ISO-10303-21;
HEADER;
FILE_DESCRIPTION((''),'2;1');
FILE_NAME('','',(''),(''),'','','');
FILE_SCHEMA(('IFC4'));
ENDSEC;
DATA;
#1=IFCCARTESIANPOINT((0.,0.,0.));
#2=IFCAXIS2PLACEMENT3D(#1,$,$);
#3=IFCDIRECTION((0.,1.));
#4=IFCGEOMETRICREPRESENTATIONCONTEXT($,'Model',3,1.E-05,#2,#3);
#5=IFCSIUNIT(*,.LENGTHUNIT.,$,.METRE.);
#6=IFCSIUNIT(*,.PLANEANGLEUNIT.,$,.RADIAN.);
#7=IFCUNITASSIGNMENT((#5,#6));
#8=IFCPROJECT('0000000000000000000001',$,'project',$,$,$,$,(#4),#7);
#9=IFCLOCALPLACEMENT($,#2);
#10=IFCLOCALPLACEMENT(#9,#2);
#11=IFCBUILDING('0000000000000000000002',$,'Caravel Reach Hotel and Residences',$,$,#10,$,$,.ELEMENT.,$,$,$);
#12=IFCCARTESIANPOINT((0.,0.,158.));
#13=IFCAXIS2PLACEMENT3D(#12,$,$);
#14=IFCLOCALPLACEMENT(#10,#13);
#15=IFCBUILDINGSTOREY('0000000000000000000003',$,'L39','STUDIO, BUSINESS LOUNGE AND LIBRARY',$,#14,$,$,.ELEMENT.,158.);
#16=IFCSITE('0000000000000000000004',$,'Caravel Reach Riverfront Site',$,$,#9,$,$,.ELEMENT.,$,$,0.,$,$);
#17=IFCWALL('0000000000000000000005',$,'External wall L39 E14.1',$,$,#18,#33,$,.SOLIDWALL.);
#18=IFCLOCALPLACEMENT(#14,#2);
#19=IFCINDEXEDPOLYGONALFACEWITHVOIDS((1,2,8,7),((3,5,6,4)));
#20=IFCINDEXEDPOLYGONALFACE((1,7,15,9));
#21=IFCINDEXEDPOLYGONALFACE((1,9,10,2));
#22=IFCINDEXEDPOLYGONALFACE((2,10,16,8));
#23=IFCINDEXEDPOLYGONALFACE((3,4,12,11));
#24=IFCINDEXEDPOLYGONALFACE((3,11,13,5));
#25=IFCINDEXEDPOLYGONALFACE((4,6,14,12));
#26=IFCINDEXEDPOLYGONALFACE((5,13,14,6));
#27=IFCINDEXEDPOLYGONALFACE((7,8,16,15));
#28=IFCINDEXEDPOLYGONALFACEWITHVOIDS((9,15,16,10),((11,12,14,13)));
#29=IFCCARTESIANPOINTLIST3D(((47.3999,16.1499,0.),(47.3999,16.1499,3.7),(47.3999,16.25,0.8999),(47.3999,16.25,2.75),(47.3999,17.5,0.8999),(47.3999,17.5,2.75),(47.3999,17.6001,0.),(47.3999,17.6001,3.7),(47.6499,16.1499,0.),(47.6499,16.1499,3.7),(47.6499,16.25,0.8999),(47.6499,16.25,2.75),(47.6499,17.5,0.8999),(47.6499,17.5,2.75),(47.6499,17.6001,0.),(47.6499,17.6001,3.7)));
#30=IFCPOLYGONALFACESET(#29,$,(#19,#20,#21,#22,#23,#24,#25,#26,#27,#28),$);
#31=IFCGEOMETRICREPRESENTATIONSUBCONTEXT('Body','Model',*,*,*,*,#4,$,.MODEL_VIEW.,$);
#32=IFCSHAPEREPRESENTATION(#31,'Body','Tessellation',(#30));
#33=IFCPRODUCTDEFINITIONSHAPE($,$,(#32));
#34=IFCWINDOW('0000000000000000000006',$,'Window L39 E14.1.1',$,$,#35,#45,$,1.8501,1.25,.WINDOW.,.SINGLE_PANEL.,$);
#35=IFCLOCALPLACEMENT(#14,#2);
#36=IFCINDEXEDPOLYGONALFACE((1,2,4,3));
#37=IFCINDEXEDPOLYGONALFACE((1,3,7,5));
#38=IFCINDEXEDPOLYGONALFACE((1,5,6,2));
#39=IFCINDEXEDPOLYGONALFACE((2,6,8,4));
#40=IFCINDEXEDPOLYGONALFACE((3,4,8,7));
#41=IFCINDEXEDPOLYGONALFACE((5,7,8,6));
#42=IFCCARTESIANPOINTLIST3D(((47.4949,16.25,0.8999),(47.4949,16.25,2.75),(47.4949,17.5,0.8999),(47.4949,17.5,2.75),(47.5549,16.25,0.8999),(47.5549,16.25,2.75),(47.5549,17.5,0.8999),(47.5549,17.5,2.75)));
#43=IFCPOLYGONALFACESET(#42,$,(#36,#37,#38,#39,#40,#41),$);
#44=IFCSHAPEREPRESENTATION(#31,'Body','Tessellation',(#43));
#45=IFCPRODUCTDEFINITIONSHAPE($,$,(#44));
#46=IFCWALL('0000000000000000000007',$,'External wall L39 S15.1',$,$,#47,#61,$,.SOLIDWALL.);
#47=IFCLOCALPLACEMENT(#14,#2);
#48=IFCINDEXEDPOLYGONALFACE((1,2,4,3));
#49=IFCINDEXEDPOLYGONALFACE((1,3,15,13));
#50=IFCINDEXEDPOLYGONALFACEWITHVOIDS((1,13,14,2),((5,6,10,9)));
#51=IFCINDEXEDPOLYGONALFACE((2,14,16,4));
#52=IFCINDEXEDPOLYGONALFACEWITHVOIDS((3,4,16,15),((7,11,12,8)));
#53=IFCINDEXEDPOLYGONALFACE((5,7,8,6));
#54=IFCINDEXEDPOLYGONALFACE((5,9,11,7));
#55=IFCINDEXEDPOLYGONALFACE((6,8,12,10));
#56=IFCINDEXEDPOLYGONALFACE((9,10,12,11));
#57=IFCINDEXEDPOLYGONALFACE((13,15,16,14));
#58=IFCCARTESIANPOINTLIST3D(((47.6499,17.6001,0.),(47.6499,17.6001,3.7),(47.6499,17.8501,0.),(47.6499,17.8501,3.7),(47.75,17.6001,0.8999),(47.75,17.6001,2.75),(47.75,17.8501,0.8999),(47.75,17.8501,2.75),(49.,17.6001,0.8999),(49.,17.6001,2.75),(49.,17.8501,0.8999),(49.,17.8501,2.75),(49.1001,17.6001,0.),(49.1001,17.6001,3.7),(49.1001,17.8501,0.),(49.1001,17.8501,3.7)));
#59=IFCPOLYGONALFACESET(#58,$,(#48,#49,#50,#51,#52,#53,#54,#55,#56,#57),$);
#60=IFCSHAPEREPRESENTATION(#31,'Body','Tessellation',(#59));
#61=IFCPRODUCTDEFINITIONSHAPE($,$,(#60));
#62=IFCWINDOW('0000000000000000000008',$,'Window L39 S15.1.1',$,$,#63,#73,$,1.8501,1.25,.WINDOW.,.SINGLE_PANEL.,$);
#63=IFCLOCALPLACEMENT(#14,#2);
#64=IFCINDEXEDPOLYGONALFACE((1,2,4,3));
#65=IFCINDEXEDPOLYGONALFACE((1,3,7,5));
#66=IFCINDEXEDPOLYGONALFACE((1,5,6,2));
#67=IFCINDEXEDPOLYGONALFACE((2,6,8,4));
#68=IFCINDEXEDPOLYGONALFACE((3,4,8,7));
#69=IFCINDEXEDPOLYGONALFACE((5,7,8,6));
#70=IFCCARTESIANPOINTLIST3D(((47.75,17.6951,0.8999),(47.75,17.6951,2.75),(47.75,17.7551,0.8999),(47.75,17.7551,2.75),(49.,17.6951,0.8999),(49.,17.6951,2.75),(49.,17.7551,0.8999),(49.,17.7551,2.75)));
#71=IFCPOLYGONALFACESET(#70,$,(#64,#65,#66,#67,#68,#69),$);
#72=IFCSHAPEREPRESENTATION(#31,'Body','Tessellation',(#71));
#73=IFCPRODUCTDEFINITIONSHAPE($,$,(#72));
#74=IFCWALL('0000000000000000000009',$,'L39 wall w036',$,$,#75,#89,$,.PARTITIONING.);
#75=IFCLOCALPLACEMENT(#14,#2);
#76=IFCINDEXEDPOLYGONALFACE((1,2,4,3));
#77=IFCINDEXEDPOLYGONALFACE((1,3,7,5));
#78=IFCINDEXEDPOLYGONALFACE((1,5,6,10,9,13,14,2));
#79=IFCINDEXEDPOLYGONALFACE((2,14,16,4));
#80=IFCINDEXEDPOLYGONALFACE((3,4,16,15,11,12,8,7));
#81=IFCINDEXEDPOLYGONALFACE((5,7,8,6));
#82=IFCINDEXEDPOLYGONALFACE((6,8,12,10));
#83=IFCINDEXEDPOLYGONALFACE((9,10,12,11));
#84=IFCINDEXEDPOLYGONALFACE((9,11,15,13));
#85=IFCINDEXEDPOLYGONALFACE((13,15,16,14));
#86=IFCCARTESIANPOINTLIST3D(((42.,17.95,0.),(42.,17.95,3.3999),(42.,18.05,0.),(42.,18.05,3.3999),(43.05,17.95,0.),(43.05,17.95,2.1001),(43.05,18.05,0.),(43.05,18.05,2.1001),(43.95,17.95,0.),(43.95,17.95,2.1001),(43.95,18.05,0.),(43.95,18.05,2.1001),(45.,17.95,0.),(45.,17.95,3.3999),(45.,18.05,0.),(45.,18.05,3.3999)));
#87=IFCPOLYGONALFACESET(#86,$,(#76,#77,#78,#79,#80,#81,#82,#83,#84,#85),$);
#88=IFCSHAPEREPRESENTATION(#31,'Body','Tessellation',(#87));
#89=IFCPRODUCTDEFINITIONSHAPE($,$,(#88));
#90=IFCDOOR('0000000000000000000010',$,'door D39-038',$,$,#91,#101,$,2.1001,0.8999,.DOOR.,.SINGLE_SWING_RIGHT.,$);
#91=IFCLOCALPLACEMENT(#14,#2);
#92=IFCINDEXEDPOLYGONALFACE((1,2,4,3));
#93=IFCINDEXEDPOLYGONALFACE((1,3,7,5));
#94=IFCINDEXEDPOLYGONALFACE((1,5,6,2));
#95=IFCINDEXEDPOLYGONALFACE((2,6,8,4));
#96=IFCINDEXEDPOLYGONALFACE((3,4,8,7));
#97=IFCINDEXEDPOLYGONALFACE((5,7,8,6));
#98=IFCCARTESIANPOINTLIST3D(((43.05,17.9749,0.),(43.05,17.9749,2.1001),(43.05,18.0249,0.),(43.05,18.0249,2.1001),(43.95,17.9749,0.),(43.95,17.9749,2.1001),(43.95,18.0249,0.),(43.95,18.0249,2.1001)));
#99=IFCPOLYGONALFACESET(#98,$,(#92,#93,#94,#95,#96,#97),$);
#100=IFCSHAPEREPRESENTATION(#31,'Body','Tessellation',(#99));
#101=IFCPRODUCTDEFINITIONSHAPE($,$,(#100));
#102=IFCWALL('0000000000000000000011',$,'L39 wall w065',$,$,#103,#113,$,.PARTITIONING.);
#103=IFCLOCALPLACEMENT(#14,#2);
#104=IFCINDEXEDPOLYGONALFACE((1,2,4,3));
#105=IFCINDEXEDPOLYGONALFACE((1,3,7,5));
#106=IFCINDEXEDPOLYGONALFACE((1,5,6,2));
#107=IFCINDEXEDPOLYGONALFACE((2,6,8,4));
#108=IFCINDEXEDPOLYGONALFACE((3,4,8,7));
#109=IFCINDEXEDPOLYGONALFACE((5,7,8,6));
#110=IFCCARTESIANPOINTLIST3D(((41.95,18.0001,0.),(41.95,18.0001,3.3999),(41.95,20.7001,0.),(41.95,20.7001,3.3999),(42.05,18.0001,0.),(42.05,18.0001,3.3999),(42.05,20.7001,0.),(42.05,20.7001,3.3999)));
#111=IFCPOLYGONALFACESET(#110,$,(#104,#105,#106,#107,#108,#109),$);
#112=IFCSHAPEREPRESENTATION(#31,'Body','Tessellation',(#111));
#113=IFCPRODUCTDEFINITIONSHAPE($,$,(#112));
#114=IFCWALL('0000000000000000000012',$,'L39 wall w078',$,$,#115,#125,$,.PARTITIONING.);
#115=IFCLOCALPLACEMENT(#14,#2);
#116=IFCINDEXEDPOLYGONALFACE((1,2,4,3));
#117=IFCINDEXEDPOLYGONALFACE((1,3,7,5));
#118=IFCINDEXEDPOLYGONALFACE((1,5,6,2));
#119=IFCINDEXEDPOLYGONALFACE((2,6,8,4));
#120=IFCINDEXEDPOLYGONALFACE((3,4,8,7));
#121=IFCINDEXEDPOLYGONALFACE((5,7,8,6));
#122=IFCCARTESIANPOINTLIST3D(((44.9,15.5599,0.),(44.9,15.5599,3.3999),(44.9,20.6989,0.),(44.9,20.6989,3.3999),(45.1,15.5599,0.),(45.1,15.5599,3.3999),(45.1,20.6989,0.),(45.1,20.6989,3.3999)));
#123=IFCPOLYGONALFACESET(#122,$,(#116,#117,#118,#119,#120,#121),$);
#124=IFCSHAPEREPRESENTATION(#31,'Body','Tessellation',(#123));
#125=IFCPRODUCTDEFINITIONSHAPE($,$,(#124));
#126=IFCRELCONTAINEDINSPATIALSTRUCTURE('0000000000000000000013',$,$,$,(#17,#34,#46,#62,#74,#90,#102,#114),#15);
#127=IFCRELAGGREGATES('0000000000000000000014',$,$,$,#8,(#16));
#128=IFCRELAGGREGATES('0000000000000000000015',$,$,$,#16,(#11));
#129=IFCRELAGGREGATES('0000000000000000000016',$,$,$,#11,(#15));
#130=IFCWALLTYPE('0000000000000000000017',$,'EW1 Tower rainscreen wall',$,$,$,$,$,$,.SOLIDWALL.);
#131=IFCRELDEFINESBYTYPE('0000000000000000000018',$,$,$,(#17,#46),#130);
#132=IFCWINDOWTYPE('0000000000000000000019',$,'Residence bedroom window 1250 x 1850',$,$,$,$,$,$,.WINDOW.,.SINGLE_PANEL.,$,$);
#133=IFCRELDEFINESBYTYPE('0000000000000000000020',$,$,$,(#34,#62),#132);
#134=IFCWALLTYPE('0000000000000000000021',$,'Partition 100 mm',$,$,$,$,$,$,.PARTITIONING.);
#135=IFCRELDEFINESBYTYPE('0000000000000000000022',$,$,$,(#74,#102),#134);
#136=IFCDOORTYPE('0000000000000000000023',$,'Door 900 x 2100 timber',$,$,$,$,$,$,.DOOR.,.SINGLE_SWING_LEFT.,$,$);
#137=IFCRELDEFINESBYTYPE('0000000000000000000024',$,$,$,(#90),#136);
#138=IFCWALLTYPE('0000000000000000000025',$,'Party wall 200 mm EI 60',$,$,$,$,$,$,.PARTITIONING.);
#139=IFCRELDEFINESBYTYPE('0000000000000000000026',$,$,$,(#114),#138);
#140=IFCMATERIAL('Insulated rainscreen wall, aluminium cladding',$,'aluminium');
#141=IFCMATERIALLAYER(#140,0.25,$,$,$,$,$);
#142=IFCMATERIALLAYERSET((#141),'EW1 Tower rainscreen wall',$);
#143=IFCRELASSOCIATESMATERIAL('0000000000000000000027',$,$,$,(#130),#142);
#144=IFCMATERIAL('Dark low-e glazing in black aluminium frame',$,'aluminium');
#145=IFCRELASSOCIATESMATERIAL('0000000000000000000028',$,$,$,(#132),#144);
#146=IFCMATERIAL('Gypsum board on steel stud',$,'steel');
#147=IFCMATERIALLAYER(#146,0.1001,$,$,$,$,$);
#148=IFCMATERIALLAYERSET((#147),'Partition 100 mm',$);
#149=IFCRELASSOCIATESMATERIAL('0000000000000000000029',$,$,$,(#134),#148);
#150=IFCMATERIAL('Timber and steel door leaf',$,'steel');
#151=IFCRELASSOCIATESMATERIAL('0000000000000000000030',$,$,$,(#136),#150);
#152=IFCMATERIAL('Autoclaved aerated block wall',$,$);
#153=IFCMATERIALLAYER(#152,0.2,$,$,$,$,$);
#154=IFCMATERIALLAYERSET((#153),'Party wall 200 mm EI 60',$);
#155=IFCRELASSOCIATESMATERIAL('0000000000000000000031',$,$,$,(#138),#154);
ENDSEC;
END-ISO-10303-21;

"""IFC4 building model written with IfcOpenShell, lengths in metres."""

from ifc_helpers import new_model, si_unit, direction, frame, frame_2d, origin, place, context, subcontext, project, spatial, rectangle, extrude, material, layer, layer_set, type_object, element, fill, save


model = new_model("IFC4")

# Units and contexts
model_context = context("Model", 3, precision=1e-05, world=origin(), true_north=direction((0.0, 1.0)))
body_context = subcontext(model_context, "Body", "Model", "MODEL_VIEW")
ifc_project = project(units=[si_unit("LENGTHUNIT", "METRE"), si_unit("PLANEANGLEUNIT", "RADIAN")], contexts=[model_context])

# Site, building, storey
site_placement = place(None, origin())
site = spatial("IfcSite", under=ifc_project, at=site_placement, Name="Caravel Reach Riverfront Site", CompositionType="ELEMENT", RefElevation=0.0)
building_placement = place(site_placement, origin())
building = spatial("IfcBuilding", under=site, at=building_placement, Name="Caravel Reach Hotel and Residences", CompositionType="ELEMENT")
storey_placement = place(building_placement, frame((0.0, 0.0, 158.0)))
storey = spatial("IfcBuildingStorey", under=building, at=storey_placement, Name="L39", Description="STUDIO, BUSINESS LOUNGE AND LIBRARY", CompositionType="ELEMENT", Elevation=158.0)

# Shared definitions
ifc_material_1 = material(Name="Insulated rainscreen wall, aluminium cladding", Category="aluminium")
ifc_layer_1 = layer(ifc_material_1, 0.25)
ifc_layer_set_1 = layer_set([ifc_layer_1], Name="EW1 Tower rainscreen wall")
wall_type_1 = type_object("IfcWallType", Name="EW1 Tower rainscreen wall", PredefinedType="SOLIDWALL", material=ifc_layer_set_1)

# Walls, openings, windows
ifc_material_2 = material(Name="Dark low-e glazing in black aluminium frame", Category="aluminium")
window_type_1 = type_object("IfcWindowType", Name="Residence bedroom window 1250 x 1850", PartitioningType="SINGLE_PANEL", PredefinedType="WINDOW", material=ifc_material_2)
wall_1_placement = place(storey_placement, frame((47.5249, 16.1499, 0.0), z_axis=(0.0, 0.0, 1.0), x_axis=(0.0, 1.0, 0.0)))
wall_1 = element("IfcWall", 1, at=wall_1_placement, inside=storey, type_object=wall_type_1, Name="External wall L39 E14.1", PredefinedType="SOLIDWALL", context=body_context, shape_type="SweptSolid", body=[
    extrude(rectangle(XDim=1.4502, YDim=0.25, at=frame_2d((0.7251, 0.0))), origin(), (0.0, 0.0, 1.0), 3.7),
])
opening_1_placement = place(wall_1_placement, frame((0.1001, 0.0, 0.8999)))
opening_1 = element("IfcOpeningElement", 2, at=opening_1_placement, cuts=wall_1, PredefinedType="OPENING", context=body_context, shape_type="SweptSolid", body=[
    extrude(rectangle(XDim=1.25, YDim=1.8501, at=frame_2d((0.625, 0.925))), frame((0.0, 0.135, 0.0), z_axis=(0.0, -1.0, 0.0), x_axis=(1.0, 0.0, 0.0)), (0.0, 0.0, 1.0), 0.27),
])
window_1_placement = place(opening_1_placement, origin())
window_1 = element("IfcWindow", 3, at=window_1_placement, inside=storey, type_object=window_type_1, Name="Window L39 E14.1.1", OverallHeight=1.8501, OverallWidth=1.25, PartitioningType="SINGLE_PANEL", PredefinedType="WINDOW", context=body_context, shape_type="SweptSolid", body=[
    extrude(rectangle(XDim=1.25, YDim=1.8501, at=frame_2d((0.625, 0.925))), frame((0.0, 0.03, 0.0), z_axis=(0.0, -1.0, 0.0), x_axis=(1.0, 0.0, 0.0)), (0.0, 0.0, 1.0), 0.0601),
])
fill(opening_1, window_1)
wall_2_placement = place(storey_placement, frame((47.6499, 17.7251, 0.0), z_axis=(0.0, 0.0, 1.0), x_axis=(1.0, 0.0, 0.0)))
wall_2 = element("IfcWall", 4, at=wall_2_placement, inside=storey, type_object=wall_type_1, Name="External wall L39 S15.1", PredefinedType="SOLIDWALL", context=body_context, shape_type="SweptSolid", body=[
    extrude(rectangle(XDim=1.4502, YDim=0.25, at=frame_2d((0.7251, 0.0))), origin(), (0.0, 0.0, 1.0), 3.7),
])
opening_2_placement = place(wall_2_placement, frame((0.1001, 0.0, 0.8999)))
opening_2 = element("IfcOpeningElement", 5, at=opening_2_placement, cuts=wall_2, PredefinedType="OPENING", context=body_context, shape_type="SweptSolid", body=[
    extrude(rectangle(XDim=1.25, YDim=1.8501, at=frame_2d((0.625, 0.925))), frame((0.0, 0.135, 0.0), z_axis=(0.0, -1.0, 0.0), x_axis=(1.0, 0.0, 0.0)), (0.0, 0.0, 1.0), 0.27),
])
window_2_placement = place(opening_2_placement, origin())
window_2 = element("IfcWindow", 6, at=window_2_placement, inside=storey, type_object=window_type_1, Name="Window L39 S15.1.1", OverallHeight=1.8501, OverallWidth=1.25, PartitioningType="SINGLE_PANEL", PredefinedType="WINDOW", context=body_context, shape_type="SweptSolid", body=[
    extrude(rectangle(XDim=1.25, YDim=1.8501, at=frame_2d((0.625, 0.925))), frame((0.0, 0.03, 0.0), z_axis=(0.0, -1.0, 0.0), x_axis=(1.0, 0.0, 0.0)), (0.0, 0.0, 1.0), 0.0601),
])
fill(opening_2, window_2)

# Wall, opening, door
ifc_material_3 = material(Name="Gypsum board on steel stud", Category="steel")
ifc_layer_2 = layer(ifc_material_3, 0.1001)
ifc_layer_set_2 = layer_set([ifc_layer_2], Name="Partition 100 mm")
wall_type_2 = type_object("IfcWallType", Name="Partition 100 mm", PredefinedType="PARTITIONING", material=ifc_layer_set_2)
wall_3_placement = place(storey_placement, frame((42.0, 18.0, 0.0), z_axis=(0.0, 0.0, 1.0), x_axis=(1.0, 0.0, 0.0)))
wall_3 = element("IfcWall", 7, at=wall_3_placement, inside=storey, type_object=wall_type_2, Name="L39 wall w036", PredefinedType="PARTITIONING", context=body_context, shape_type="SweptSolid", body=[
    extrude(rectangle(XDim=3.0, YDim=0.1001, at=frame_2d((1.5, 0.0))), origin(), (0.0, 0.0, 1.0), 3.3999),
])
opening_3_placement = place(wall_3_placement, frame((1.05, 0.0, 0.0)))
opening_3 = element("IfcOpeningElement", 8, at=opening_3_placement, cuts=wall_3, PredefinedType="OPENING", context=body_context, shape_type="SweptSolid", body=[
    extrude(rectangle(XDim=0.8999, YDim=2.1001, at=frame_2d((0.45, 1.05))), frame((0.0, 0.0601, 0.0), z_axis=(0.0, -1.0, 0.0), x_axis=(1.0, 0.0, 0.0)), (0.0, 0.0, 1.0), 0.1201),
])
ifc_material_4 = material(Name="Timber and steel door leaf", Category="steel")
door_type_1 = type_object("IfcDoorType", Name="Door 900 x 2100 timber", OperationType="SINGLE_SWING_LEFT", PredefinedType="DOOR", material=ifc_material_4)
door_1_placement = place(opening_3_placement, origin())
door_1 = element("IfcDoor", 9, at=door_1_placement, inside=storey, type_object=door_type_1, Name="door D39-038", OperationType="SINGLE_SWING_RIGHT", OverallHeight=2.1001, OverallWidth=0.8999, PredefinedType="DOOR", context=body_context, shape_type="SweptSolid", body=[
    extrude(rectangle(XDim=0.8999, YDim=2.1001, at=frame_2d((0.45, 1.05))), frame((0.0, 0.0249, 0.0), z_axis=(0.0, -1.0, 0.0), x_axis=(1.0, 0.0, 0.0)), (0.0, 0.0, 1.0), 0.05),
])
fill(opening_3, door_1)

# Walls
wall_4_placement = place(storey_placement, frame((42.0, 18.0, 0.0), z_axis=(0.0, 0.0, 1.0), x_axis=(0.0, 1.0, 0.0)))
element("IfcWall", 10, at=wall_4_placement, inside=storey, type_object=wall_type_2, Name="L39 wall w065", PredefinedType="PARTITIONING", context=body_context, shape_type="SweptSolid", body=[
    extrude(rectangle(XDim=2.7, YDim=0.1001, at=frame_2d((1.3501, 0.0))), origin(), (0.0, 0.0, 1.0), 3.3999),
])
ifc_material_5 = material(Name="Autoclaved aerated block wall")
ifc_layer_3 = layer(ifc_material_5, 0.2)
ifc_layer_set_3 = layer_set([ifc_layer_3], Name="Party wall 200 mm EI 60")
wall_type_3 = type_object("IfcWallType", Name="Party wall 200 mm EI 60", PredefinedType="PARTITIONING", material=ifc_layer_set_3)
wall_5_placement = place(storey_placement, frame((45.0, 15.5601, 0.0), z_axis=(0.0, 0.0, 1.0), x_axis=(0.0, 1.0, 0.0)))
element("IfcWall", 11, at=wall_5_placement, inside=storey, type_object=wall_type_3, Name="L39 wall w078", PredefinedType="PARTITIONING", context=body_context, shape_type="SweptSolid", body=[
    extrude(rectangle(XDim=5.1389, YDim=0.2, at=frame_2d((2.5693, 0.0))), origin(), (0.0, 0.0, 1.0), 3.3999),
])

save(model, "model.ifc")
